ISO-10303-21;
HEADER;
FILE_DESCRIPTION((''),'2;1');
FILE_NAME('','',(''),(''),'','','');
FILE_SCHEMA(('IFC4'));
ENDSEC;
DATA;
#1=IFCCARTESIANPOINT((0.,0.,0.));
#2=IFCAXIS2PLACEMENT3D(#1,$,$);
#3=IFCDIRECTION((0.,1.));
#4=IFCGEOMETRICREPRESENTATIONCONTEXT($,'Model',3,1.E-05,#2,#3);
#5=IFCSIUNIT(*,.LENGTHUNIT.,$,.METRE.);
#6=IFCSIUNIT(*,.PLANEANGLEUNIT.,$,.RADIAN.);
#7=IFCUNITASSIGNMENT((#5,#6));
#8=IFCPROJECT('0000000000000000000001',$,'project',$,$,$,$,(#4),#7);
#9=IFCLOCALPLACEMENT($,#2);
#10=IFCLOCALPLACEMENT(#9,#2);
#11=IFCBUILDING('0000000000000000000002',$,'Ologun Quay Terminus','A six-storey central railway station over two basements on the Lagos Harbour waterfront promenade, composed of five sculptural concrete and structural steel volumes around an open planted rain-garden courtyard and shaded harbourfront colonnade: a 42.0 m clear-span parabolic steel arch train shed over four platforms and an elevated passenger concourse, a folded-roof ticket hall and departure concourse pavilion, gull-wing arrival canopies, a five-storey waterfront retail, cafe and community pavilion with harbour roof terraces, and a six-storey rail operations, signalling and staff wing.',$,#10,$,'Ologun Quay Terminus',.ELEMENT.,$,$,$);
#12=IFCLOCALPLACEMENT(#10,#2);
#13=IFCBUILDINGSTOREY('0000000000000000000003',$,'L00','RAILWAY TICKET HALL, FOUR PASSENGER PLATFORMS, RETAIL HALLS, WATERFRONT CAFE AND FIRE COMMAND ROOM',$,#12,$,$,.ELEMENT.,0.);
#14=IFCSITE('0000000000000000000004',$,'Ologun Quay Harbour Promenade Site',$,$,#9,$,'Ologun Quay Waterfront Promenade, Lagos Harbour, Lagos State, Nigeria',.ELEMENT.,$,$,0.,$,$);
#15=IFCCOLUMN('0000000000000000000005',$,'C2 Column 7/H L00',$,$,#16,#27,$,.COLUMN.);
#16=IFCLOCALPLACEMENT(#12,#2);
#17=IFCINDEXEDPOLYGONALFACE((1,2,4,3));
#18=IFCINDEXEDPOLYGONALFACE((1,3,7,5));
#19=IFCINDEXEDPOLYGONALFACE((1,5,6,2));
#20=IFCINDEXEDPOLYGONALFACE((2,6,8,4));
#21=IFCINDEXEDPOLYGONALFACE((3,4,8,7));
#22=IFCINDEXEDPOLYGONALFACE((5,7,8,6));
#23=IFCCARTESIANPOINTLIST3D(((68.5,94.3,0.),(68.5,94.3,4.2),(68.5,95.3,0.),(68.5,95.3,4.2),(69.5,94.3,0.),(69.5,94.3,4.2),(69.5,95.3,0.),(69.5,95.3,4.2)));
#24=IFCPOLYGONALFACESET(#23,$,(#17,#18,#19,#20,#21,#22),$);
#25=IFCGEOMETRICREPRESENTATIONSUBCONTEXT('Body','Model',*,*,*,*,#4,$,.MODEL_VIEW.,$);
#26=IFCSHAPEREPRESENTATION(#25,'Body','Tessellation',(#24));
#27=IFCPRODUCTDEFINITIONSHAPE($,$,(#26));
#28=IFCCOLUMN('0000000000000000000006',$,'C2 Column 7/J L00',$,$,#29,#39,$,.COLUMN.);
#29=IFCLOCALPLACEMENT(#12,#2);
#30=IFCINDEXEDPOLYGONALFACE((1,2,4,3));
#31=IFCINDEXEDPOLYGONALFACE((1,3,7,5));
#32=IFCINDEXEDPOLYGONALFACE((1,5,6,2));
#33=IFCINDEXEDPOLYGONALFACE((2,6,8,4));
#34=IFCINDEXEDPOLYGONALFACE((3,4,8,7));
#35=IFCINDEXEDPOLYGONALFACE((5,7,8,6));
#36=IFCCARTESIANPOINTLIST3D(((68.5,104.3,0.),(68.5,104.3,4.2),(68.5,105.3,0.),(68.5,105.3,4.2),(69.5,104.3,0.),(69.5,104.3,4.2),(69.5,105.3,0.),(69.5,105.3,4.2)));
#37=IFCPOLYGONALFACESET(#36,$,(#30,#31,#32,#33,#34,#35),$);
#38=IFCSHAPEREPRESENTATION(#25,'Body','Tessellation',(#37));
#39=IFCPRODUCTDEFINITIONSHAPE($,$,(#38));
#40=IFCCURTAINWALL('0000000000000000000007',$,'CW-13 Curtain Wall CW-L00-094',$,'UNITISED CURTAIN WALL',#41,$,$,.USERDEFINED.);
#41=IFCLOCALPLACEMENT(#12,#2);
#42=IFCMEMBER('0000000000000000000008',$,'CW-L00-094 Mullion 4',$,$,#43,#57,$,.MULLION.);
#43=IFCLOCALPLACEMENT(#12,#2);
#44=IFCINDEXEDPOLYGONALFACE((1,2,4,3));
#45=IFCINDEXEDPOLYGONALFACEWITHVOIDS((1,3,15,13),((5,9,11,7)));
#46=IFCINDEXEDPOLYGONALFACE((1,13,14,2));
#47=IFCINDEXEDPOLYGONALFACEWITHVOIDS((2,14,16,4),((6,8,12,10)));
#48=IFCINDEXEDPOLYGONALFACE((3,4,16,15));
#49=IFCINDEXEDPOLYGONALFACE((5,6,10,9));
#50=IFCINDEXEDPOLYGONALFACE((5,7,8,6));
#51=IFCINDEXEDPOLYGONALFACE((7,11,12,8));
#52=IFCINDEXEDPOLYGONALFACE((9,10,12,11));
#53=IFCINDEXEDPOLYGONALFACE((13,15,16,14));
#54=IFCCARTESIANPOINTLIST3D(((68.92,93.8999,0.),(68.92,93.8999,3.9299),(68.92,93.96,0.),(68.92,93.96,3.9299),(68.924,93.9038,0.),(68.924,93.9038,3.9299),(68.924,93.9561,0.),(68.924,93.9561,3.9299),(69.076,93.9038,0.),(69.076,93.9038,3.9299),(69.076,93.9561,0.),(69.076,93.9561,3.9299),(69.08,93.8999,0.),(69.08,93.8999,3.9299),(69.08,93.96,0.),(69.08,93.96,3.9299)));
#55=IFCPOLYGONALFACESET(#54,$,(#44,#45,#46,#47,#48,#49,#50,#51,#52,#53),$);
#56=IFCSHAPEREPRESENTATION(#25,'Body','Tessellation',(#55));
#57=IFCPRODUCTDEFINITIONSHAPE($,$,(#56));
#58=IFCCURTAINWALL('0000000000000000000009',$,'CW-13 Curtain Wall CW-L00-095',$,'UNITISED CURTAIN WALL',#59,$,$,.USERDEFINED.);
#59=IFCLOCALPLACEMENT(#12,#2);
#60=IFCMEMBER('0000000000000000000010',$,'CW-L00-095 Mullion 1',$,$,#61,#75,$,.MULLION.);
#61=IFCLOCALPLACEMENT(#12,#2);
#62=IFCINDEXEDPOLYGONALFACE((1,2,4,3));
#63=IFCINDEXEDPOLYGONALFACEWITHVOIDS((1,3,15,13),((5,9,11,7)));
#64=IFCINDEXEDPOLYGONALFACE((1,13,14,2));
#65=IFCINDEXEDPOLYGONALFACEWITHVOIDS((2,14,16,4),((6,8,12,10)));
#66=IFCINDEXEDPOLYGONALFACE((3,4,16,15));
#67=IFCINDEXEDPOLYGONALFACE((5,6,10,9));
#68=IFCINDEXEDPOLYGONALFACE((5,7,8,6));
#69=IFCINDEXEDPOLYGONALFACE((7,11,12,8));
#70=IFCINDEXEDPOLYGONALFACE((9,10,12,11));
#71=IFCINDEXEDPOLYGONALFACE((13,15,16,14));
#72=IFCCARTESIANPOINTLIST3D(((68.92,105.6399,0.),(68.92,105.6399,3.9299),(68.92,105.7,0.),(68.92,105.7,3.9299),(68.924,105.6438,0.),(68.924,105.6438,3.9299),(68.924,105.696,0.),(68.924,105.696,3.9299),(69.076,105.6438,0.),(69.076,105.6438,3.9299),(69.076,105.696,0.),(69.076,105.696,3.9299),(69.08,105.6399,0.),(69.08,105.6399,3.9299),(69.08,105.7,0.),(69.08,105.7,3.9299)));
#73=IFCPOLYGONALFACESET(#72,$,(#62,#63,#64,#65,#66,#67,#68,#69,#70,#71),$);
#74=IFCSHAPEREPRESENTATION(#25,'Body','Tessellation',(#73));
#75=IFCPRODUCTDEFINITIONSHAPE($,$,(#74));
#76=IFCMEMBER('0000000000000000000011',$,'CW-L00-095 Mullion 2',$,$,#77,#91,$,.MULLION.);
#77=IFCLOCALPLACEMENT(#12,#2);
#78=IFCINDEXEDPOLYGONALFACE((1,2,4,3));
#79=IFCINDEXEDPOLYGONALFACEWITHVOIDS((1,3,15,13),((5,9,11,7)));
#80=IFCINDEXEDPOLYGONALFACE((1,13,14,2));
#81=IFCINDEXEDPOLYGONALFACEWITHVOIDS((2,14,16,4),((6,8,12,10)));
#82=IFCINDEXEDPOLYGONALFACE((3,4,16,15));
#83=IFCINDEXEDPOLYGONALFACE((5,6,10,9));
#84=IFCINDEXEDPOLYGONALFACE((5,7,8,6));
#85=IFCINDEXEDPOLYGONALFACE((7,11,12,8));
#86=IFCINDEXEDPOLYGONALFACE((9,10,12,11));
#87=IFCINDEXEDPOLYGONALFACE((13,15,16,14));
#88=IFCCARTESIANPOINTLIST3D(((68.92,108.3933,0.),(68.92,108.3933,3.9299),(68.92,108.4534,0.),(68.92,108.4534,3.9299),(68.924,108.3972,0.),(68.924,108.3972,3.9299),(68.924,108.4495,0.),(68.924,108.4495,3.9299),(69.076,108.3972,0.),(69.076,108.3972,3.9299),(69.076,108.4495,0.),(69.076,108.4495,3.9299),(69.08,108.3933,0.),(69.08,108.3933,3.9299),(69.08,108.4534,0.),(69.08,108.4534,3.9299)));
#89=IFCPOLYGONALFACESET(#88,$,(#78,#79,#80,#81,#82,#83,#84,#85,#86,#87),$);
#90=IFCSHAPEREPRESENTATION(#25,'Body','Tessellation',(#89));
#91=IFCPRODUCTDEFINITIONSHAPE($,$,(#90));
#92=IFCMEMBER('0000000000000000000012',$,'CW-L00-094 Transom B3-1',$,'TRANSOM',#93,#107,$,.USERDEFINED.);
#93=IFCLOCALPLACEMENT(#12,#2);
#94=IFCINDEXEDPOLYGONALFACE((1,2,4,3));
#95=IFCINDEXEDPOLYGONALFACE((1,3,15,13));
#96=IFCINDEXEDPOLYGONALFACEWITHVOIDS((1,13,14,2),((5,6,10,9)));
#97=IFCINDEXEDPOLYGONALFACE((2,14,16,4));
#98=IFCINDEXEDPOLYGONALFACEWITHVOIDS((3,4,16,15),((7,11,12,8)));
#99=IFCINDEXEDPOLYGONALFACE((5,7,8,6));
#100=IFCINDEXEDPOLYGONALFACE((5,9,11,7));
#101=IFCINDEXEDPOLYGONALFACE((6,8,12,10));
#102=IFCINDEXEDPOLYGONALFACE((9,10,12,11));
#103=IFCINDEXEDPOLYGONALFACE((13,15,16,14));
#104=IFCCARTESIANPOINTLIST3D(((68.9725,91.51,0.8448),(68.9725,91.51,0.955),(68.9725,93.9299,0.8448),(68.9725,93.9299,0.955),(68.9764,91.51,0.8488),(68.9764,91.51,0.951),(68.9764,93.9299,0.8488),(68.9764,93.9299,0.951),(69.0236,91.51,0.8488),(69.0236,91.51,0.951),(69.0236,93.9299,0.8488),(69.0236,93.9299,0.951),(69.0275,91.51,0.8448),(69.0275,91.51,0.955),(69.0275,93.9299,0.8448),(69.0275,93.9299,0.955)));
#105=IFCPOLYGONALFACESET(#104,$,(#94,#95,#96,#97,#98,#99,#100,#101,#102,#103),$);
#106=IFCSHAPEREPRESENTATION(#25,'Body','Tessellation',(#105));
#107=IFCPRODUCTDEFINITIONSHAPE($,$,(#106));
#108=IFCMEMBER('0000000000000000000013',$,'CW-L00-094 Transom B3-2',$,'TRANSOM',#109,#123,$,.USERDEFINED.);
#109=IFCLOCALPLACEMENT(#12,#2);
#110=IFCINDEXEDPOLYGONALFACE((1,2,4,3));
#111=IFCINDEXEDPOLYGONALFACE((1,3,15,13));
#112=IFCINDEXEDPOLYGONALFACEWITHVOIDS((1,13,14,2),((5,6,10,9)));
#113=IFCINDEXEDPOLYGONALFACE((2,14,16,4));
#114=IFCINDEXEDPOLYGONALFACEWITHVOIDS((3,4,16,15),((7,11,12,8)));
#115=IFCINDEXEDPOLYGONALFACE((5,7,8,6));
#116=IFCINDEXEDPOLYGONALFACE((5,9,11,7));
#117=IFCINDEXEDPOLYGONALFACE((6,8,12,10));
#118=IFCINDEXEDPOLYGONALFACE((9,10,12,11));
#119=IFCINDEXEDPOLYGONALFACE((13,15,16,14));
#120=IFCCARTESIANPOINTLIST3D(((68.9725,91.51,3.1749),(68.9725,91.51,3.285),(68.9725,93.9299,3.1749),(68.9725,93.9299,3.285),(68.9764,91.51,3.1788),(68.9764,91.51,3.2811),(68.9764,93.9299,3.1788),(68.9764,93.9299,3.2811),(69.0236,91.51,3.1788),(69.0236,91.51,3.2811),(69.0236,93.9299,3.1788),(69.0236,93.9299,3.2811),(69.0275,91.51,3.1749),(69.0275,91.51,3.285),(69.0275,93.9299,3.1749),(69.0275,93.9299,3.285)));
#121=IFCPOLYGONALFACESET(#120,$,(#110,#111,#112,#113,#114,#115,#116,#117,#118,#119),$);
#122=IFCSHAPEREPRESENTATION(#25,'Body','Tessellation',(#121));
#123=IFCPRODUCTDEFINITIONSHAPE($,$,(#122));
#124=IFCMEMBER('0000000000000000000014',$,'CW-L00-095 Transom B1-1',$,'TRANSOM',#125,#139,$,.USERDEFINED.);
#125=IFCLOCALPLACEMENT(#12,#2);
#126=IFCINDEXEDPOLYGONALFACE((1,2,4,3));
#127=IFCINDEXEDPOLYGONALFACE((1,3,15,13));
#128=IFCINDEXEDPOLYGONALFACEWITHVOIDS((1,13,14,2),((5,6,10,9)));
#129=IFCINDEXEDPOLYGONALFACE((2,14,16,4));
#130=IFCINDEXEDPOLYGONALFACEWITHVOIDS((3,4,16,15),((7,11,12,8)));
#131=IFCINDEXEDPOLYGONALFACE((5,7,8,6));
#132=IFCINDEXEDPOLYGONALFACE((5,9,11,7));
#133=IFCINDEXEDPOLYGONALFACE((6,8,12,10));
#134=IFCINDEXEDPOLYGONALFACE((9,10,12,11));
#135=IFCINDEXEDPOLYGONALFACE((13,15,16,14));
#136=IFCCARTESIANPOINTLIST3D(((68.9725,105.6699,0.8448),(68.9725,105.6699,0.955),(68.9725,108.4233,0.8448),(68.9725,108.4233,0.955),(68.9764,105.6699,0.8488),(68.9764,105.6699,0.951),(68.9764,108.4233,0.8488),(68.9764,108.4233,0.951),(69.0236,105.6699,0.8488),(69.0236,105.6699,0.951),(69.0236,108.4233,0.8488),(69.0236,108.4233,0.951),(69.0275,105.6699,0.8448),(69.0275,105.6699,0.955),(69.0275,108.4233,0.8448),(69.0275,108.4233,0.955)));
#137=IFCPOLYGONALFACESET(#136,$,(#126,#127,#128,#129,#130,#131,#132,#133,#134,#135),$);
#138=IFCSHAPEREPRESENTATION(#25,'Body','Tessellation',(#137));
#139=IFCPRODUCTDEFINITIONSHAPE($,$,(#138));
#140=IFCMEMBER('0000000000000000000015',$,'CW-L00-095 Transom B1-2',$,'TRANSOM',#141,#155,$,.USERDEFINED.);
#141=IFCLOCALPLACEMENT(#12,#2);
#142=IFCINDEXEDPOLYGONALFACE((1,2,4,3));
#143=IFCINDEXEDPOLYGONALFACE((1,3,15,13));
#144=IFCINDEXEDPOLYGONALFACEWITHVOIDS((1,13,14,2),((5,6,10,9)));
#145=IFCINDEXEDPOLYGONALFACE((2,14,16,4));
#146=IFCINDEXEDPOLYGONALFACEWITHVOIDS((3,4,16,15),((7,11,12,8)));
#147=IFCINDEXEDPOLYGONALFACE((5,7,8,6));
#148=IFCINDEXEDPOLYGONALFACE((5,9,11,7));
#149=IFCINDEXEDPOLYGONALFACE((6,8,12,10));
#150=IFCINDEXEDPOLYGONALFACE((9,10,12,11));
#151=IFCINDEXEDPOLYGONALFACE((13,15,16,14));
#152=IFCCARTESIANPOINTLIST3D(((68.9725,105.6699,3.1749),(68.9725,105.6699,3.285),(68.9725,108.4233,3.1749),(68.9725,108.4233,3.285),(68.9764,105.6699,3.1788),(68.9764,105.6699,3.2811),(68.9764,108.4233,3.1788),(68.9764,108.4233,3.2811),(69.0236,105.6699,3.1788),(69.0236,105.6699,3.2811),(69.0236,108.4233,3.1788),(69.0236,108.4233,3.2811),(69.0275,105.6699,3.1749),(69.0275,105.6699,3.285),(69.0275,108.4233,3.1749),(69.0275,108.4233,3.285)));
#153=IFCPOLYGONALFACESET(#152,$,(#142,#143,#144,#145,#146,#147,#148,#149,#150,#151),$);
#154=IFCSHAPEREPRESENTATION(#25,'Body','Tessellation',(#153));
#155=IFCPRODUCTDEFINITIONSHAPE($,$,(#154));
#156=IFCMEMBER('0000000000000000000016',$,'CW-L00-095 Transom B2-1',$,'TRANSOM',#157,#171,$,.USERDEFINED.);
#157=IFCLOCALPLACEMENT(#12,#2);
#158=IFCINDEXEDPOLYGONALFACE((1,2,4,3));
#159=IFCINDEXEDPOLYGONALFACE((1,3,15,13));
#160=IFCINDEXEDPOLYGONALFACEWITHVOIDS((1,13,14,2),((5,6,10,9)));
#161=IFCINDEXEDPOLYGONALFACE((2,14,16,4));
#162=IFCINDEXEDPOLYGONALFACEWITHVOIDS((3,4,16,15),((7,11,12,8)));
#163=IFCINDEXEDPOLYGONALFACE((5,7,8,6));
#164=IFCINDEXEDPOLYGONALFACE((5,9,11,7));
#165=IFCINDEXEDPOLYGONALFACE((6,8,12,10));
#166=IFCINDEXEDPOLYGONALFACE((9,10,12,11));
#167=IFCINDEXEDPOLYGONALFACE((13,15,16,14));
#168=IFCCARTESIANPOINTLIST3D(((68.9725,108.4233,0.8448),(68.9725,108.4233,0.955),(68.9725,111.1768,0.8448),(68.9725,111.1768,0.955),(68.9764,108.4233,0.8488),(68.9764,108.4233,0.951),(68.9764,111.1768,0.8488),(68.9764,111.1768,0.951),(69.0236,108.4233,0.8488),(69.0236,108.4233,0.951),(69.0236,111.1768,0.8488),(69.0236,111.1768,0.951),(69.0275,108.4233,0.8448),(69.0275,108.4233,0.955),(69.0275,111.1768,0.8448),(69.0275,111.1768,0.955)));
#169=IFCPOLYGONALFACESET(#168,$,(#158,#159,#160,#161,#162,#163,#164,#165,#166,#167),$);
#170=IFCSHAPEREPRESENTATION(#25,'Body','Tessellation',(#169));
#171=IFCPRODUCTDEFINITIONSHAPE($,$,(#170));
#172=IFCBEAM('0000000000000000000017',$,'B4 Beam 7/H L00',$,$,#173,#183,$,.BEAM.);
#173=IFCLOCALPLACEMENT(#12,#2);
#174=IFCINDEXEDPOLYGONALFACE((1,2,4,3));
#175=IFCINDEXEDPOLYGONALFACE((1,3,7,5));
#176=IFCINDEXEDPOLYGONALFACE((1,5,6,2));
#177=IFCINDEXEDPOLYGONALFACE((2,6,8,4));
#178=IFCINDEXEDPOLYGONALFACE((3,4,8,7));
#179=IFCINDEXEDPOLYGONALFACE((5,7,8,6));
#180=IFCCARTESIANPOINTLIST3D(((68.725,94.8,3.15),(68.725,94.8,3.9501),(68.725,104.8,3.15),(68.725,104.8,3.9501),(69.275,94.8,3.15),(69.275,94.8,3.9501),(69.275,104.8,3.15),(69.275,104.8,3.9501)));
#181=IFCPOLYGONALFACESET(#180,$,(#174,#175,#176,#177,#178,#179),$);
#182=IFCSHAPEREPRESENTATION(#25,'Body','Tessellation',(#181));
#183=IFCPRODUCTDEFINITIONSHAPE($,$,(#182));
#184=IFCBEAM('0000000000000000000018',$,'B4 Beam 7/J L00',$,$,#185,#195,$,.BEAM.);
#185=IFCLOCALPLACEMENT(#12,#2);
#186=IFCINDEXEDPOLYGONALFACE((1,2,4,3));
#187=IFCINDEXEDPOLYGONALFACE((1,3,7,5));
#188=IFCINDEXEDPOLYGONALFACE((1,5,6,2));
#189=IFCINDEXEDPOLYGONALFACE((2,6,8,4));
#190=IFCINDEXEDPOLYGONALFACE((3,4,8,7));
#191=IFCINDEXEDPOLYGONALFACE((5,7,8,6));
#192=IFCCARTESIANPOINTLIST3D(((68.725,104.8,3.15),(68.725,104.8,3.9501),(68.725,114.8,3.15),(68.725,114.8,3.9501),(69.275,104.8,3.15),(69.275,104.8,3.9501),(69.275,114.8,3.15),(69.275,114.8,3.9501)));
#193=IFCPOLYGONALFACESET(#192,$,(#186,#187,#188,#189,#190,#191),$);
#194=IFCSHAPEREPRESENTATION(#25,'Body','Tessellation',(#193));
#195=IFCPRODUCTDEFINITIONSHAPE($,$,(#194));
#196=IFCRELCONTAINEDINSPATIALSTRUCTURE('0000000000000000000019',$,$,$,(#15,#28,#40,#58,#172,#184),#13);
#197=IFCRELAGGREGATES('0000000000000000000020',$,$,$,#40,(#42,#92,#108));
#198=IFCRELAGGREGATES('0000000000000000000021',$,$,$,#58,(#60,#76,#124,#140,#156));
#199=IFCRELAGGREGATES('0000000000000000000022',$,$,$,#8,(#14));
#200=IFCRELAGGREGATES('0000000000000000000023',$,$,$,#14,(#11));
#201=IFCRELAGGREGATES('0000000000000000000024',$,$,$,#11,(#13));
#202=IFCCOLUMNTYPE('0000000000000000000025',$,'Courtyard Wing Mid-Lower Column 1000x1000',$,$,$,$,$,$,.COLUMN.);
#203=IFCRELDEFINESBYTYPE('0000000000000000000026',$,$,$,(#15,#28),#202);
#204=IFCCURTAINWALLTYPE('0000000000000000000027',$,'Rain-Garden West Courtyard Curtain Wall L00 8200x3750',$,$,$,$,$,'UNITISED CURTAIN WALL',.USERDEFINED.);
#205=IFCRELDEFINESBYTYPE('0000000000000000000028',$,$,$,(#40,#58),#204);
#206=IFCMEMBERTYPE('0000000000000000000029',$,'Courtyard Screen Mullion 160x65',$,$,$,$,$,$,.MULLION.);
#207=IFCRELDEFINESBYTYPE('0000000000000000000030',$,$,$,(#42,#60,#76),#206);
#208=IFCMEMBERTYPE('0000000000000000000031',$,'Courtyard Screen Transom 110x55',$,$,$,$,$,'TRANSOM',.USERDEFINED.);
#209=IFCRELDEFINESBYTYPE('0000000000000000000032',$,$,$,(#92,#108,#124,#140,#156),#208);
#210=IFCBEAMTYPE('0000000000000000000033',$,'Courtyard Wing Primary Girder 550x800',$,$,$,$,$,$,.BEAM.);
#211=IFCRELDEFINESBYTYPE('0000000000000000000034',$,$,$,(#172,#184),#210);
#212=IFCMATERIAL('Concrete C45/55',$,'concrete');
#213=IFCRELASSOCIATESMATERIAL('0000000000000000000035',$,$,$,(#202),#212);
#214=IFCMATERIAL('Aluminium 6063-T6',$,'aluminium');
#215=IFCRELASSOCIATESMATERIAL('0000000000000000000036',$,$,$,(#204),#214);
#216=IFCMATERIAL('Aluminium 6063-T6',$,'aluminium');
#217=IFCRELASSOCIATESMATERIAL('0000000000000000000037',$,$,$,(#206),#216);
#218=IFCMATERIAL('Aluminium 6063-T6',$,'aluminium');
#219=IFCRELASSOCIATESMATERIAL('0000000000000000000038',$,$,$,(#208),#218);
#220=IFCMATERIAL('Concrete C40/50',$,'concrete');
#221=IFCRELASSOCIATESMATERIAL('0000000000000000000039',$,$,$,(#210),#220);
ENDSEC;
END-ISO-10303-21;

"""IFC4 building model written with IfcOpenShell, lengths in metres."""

from ifc_helpers import new_model, si_unit, direction, frame, origin, origin_2d, place, context, subcontext, project, spatial, rectangle, hollow_rectangle, extrude, material, material_profile, profile_set, type_object, element, aggregate, save


model = new_model("IFC4")

# Units and contexts
model_context = context("Model", 3, precision=1e-05, world=origin(), true_north=direction((0.0, 1.0)))
body_context = subcontext(model_context, "Body", "Model", "MODEL_VIEW")
ifc_project = project(units=[si_unit("LENGTHUNIT", "METRE"), si_unit("PLANEANGLEUNIT", "RADIAN")], contexts=[model_context])

# Site, building, storey
site_placement = place(None, origin())
site = spatial("IfcSite", under=ifc_project, at=site_placement, Name="Ologun Quay Harbour Promenade Site", LongName="Ologun Quay Waterfront Promenade, Lagos Harbour, Lagos State, Nigeria", CompositionType="ELEMENT", RefElevation=0.0)
building_placement = place(site_placement, origin())
building = spatial("IfcBuilding", under=site, at=building_placement, Name="Ologun Quay Terminus", Description="A six-storey central railway station over two basements on the Lagos Harbour waterfront promenade, composed of five sculptural concrete and structural steel volumes around an open planted rain-garden courtyard and shaded harbourfront colonnade: a 42.0 m clear-span parabolic steel arch train shed over four platforms and an elevated passenger concourse, a folded-roof ticket hall and departure concourse pavilion, gull-wing arrival canopies, a five-storey waterfront retail, cafe and community pavilion with harbour roof terraces, and a six-storey rail operations, signalling and staff wing.", LongName="Ologun Quay Terminus", CompositionType="ELEMENT")
storey_placement = place(building_placement, origin())
storey = spatial("IfcBuildingStorey", under=building, at=storey_placement, Name="L00", Description="RAILWAY TICKET HALL, FOUR PASSENGER PLATFORMS, RETAIL HALLS, WATERFRONT CAFE AND FIRE COMMAND ROOM", CompositionType="ELEMENT", Elevation=0.0)

# Columns
ifc_material_1 = material(Name="Concrete C45/55", Category="concrete")
ifc_material_profile_1 = material_profile(ifc_material_1, rectangle(XDim=1.0, YDim=1.0, at=origin_2d()), Name="RC 1000x1000")
ifc_profile_set_1 = profile_set([ifc_material_profile_1], Name="Concrete C45/55")
column_type = type_object("IfcColumnType", Name="Courtyard Wing Mid-Lower Column 1000x1000", PredefinedType="COLUMN", material=ifc_profile_set_1)
for number, where, z_axis, x_axis, name in (
    (1, (69.0, 94.8, 0.0), (0.0, 0.0, 1.0), (1.0, 0.0, 0.0), "C2 Column 7/H L00"),
    (2, (69.0, 104.8, 0.0), (0.0, 0.0, 1.0), (1.0, 0.0, 0.0), "C2 Column 7/J L00"),
):
    element("IfcColumn", number, at=place(storey_placement, frame(where, z_axis=z_axis, x_axis=x_axis)), inside=storey, type_object=column_type, Name=name, PredefinedType="COLUMN", context=body_context, shape_type="SweptSolid", body=[
        extrude(rectangle(XDim=1.0, YDim=1.0, at=origin_2d()), origin(), (0.0, 0.0, 1.0), 4.2),
    ])

# Curtain wall, member
ifc_material_2 = material(Name="Aluminium 6063-T6", Category="aluminium")
curtain_wall_type = type_object("IfcCurtainWallType", Name="Rain-Garden West Courtyard Curtain Wall L00 8200x3750", ElementType="UNITISED CURTAIN WALL", PredefinedType="USERDEFINED", material=ifc_material_2)
curtain_wall_1_placement = place(storey_placement, origin())
curtain_wall_1 = element("IfcCurtainWall", 3, at=curtain_wall_1_placement, inside=storey, type_object=curtain_wall_type, Name="CW-13 Curtain Wall CW-L00-094", ObjectType="UNITISED CURTAIN WALL", PredefinedType="USERDEFINED")
ifc_material_3 = material(Name="Aluminium 6063-T6", Category="aluminium")
ifc_material_profile_2 = material_profile(ifc_material_3, hollow_rectangle(XDim=0.0601, YDim=0.1599, WallThickness=0.0039, at=origin_2d()), Name="ALU 160x60x4")
ifc_profile_set_2 = profile_set([ifc_material_profile_2], Name="Aluminium 6063-T6")
member_type_1 = type_object("IfcMemberType", Name="Courtyard Screen Mullion 160x65", PredefinedType="MULLION", material=ifc_profile_set_2)
member_1_placement = place(storey_placement, frame((69.0, 93.9299, 0.0), z_axis=(0.0, 0.0, 1.0), x_axis=(0.0, 1.0, 0.0)))
member_1 = element("IfcMember", 4, at=member_1_placement, type_object=member_type_1, Name="CW-L00-094 Mullion 4", PredefinedType="MULLION", context=body_context, shape_type="SweptSolid", body=[
    extrude(hollow_rectangle(XDim=0.0601, YDim=0.1599, WallThickness=0.0039, at=origin_2d()), origin(), (0.0, 0.0, 1.0), 3.9299),
])

# Curtain wall, members
curtain_wall_2_placement = place(storey_placement, origin())
curtain_wall_2 = element("IfcCurtainWall", 5, at=curtain_wall_2_placement, inside=storey, type_object=curtain_wall_type, Name="CW-13 Curtain Wall CW-L00-095", ObjectType="UNITISED CURTAIN WALL", PredefinedType="USERDEFINED")
member_2_placement = place(storey_placement, frame((69.0, 105.6699, 0.0), z_axis=(0.0, 0.0, 1.0), x_axis=(0.0, 1.0, 0.0)))
member_2 = element("IfcMember", 6, at=member_2_placement, type_object=member_type_1, Name="CW-L00-095 Mullion 1", PredefinedType="MULLION", context=body_context, shape_type="SweptSolid", body=[
    extrude(hollow_rectangle(XDim=0.0601, YDim=0.1599, WallThickness=0.0039, at=origin_2d()), origin(), (0.0, 0.0, 1.0), 3.9299),
])
member_3_placement = place(storey_placement, frame((69.0, 108.4233, 0.0), z_axis=(0.0, 0.0, 1.0), x_axis=(0.0, 1.0, 0.0)))
member_3 = element("IfcMember", 7, at=member_3_placement, type_object=member_type_1, Name="CW-L00-095 Mullion 2", PredefinedType="MULLION", context=body_context, shape_type="SweptSolid", body=[
    extrude(hollow_rectangle(XDim=0.0601, YDim=0.1599, WallThickness=0.0039, at=origin_2d()), origin(), (0.0, 0.0, 1.0), 3.9299),
])

# Members
ifc_material_4 = material(Name="Aluminium 6063-T6", Category="aluminium")
ifc_material_profile_3 = material_profile(ifc_material_4, hollow_rectangle(XDim=0.0549, YDim=0.1101, WallThickness=0.0039, at=origin_2d()), Name="ALU 110x55x4")
ifc_profile_set_3 = profile_set([ifc_material_profile_3], Name="Aluminium 6063-T6")
member_type_2 = type_object("IfcMemberType", Name="Courtyard Screen Transom 110x55", ElementType="TRANSOM", PredefinedType="USERDEFINED", material=ifc_profile_set_3)
member_4_placement = place(storey_placement, frame((69.0, 91.51, 0.8999), z_axis=(0.0, 1.0, 0.0), x_axis=(-1.0, 0.0, 0.0)))
member_4 = element("IfcMember", 8, at=member_4_placement, type_object=member_type_2, Name="CW-L00-094 Transom B3-1", ObjectType="TRANSOM", PredefinedType="USERDEFINED", context=body_context, shape_type="SweptSolid", body=[
    extrude(hollow_rectangle(XDim=0.0549, YDim=0.1101, WallThickness=0.0039, at=origin_2d()), origin(), (0.0, 0.0, 1.0), 2.4199),
])
member_5_placement = place(storey_placement, frame((69.0, 91.51, 3.23), z_axis=(0.0, 1.0, 0.0), x_axis=(-1.0, 0.0, 0.0)))
member_5 = element("IfcMember", 9, at=member_5_placement, type_object=member_type_2, Name="CW-L00-094 Transom B3-2", ObjectType="TRANSOM", PredefinedType="USERDEFINED", context=body_context, shape_type="SweptSolid", body=[
    extrude(hollow_rectangle(XDim=0.0549, YDim=0.1101, WallThickness=0.0039, at=origin_2d()), origin(), (0.0, 0.0, 1.0), 2.4199),
])
member_6_placement = place(storey_placement, frame((69.0, 105.6699, 0.8999), z_axis=(0.0, 1.0, 0.0), x_axis=(-1.0, 0.0, 0.0)))
member_6 = element("IfcMember", 10, at=member_6_placement, type_object=member_type_2, Name="CW-L00-095 Transom B1-1", ObjectType="TRANSOM", PredefinedType="USERDEFINED", context=body_context, shape_type="SweptSolid", body=[
    extrude(hollow_rectangle(XDim=0.0549, YDim=0.1101, WallThickness=0.0039, at=origin_2d()), origin(), (0.0, 0.0, 1.0), 2.7534),
])
member_7_placement = place(storey_placement, frame((69.0, 105.6699, 3.23), z_axis=(0.0, 1.0, 0.0), x_axis=(-1.0, 0.0, 0.0)))
member_7 = element("IfcMember", 11, at=member_7_placement, type_object=member_type_2, Name="CW-L00-095 Transom B1-2", ObjectType="TRANSOM", PredefinedType="USERDEFINED", context=body_context, shape_type="SweptSolid", body=[
    extrude(hollow_rectangle(XDim=0.0549, YDim=0.1101, WallThickness=0.0039, at=origin_2d()), origin(), (0.0, 0.0, 1.0), 2.7534),
])
member_8_placement = place(storey_placement, frame((69.0, 108.4233, 0.8999), z_axis=(0.0, 1.0, 0.0), x_axis=(-1.0, 0.0, 0.0)))
member_8 = element("IfcMember", 12, at=member_8_placement, type_object=member_type_2, Name="CW-L00-095 Transom B2-1", ObjectType="TRANSOM", PredefinedType="USERDEFINED", context=body_context, shape_type="SweptSolid", body=[
    extrude(hollow_rectangle(XDim=0.0549, YDim=0.1101, WallThickness=0.0039, at=origin_2d()), origin(), (0.0, 0.0, 1.0), 2.7534),
])

# Beams
ifc_material_5 = material(Name="Concrete C40/50", Category="concrete")
ifc_material_profile_4 = material_profile(ifc_material_5, rectangle(XDim=0.55, YDim=0.8, at=origin_2d()), Name="RC 550x800")
ifc_profile_set_4 = profile_set([ifc_material_profile_4], Name="Concrete C40/50")
beam_type_1 = type_object("IfcBeamType", Name="Courtyard Wing Primary Girder 550x800", PredefinedType="BEAM", material=ifc_profile_set_4)
for number, where, z_axis, x_axis, name in (
    (13, (69.0, 94.8, 3.55), (0.0, 1.0, 0.0), (-1.0, 0.0, 0.0), "B4 Beam 7/H L00"),
    (14, (69.0, 104.8, 3.55), (0.0, 1.0, 0.0), (-1.0, 0.0, 0.0), "B4 Beam 7/J L00"),
):
    element("IfcBeam", number, at=place(storey_placement, frame(where, z_axis=z_axis, x_axis=x_axis)), inside=storey, type_object=beam_type_1, Name=name, PredefinedType="BEAM", context=body_context, shape_type="SweptSolid", body=[
        extrude(rectangle(XDim=0.55, YDim=0.8, at=origin_2d()), origin(), (0.0, 0.0, 1.0), 10.0),
    ])

aggregate(curtain_wall_1, [member_1, member_4, member_5])
aggregate(curtain_wall_2, [member_2, member_3, member_6, member_7, member_8])

save(model, "model.ifc")
